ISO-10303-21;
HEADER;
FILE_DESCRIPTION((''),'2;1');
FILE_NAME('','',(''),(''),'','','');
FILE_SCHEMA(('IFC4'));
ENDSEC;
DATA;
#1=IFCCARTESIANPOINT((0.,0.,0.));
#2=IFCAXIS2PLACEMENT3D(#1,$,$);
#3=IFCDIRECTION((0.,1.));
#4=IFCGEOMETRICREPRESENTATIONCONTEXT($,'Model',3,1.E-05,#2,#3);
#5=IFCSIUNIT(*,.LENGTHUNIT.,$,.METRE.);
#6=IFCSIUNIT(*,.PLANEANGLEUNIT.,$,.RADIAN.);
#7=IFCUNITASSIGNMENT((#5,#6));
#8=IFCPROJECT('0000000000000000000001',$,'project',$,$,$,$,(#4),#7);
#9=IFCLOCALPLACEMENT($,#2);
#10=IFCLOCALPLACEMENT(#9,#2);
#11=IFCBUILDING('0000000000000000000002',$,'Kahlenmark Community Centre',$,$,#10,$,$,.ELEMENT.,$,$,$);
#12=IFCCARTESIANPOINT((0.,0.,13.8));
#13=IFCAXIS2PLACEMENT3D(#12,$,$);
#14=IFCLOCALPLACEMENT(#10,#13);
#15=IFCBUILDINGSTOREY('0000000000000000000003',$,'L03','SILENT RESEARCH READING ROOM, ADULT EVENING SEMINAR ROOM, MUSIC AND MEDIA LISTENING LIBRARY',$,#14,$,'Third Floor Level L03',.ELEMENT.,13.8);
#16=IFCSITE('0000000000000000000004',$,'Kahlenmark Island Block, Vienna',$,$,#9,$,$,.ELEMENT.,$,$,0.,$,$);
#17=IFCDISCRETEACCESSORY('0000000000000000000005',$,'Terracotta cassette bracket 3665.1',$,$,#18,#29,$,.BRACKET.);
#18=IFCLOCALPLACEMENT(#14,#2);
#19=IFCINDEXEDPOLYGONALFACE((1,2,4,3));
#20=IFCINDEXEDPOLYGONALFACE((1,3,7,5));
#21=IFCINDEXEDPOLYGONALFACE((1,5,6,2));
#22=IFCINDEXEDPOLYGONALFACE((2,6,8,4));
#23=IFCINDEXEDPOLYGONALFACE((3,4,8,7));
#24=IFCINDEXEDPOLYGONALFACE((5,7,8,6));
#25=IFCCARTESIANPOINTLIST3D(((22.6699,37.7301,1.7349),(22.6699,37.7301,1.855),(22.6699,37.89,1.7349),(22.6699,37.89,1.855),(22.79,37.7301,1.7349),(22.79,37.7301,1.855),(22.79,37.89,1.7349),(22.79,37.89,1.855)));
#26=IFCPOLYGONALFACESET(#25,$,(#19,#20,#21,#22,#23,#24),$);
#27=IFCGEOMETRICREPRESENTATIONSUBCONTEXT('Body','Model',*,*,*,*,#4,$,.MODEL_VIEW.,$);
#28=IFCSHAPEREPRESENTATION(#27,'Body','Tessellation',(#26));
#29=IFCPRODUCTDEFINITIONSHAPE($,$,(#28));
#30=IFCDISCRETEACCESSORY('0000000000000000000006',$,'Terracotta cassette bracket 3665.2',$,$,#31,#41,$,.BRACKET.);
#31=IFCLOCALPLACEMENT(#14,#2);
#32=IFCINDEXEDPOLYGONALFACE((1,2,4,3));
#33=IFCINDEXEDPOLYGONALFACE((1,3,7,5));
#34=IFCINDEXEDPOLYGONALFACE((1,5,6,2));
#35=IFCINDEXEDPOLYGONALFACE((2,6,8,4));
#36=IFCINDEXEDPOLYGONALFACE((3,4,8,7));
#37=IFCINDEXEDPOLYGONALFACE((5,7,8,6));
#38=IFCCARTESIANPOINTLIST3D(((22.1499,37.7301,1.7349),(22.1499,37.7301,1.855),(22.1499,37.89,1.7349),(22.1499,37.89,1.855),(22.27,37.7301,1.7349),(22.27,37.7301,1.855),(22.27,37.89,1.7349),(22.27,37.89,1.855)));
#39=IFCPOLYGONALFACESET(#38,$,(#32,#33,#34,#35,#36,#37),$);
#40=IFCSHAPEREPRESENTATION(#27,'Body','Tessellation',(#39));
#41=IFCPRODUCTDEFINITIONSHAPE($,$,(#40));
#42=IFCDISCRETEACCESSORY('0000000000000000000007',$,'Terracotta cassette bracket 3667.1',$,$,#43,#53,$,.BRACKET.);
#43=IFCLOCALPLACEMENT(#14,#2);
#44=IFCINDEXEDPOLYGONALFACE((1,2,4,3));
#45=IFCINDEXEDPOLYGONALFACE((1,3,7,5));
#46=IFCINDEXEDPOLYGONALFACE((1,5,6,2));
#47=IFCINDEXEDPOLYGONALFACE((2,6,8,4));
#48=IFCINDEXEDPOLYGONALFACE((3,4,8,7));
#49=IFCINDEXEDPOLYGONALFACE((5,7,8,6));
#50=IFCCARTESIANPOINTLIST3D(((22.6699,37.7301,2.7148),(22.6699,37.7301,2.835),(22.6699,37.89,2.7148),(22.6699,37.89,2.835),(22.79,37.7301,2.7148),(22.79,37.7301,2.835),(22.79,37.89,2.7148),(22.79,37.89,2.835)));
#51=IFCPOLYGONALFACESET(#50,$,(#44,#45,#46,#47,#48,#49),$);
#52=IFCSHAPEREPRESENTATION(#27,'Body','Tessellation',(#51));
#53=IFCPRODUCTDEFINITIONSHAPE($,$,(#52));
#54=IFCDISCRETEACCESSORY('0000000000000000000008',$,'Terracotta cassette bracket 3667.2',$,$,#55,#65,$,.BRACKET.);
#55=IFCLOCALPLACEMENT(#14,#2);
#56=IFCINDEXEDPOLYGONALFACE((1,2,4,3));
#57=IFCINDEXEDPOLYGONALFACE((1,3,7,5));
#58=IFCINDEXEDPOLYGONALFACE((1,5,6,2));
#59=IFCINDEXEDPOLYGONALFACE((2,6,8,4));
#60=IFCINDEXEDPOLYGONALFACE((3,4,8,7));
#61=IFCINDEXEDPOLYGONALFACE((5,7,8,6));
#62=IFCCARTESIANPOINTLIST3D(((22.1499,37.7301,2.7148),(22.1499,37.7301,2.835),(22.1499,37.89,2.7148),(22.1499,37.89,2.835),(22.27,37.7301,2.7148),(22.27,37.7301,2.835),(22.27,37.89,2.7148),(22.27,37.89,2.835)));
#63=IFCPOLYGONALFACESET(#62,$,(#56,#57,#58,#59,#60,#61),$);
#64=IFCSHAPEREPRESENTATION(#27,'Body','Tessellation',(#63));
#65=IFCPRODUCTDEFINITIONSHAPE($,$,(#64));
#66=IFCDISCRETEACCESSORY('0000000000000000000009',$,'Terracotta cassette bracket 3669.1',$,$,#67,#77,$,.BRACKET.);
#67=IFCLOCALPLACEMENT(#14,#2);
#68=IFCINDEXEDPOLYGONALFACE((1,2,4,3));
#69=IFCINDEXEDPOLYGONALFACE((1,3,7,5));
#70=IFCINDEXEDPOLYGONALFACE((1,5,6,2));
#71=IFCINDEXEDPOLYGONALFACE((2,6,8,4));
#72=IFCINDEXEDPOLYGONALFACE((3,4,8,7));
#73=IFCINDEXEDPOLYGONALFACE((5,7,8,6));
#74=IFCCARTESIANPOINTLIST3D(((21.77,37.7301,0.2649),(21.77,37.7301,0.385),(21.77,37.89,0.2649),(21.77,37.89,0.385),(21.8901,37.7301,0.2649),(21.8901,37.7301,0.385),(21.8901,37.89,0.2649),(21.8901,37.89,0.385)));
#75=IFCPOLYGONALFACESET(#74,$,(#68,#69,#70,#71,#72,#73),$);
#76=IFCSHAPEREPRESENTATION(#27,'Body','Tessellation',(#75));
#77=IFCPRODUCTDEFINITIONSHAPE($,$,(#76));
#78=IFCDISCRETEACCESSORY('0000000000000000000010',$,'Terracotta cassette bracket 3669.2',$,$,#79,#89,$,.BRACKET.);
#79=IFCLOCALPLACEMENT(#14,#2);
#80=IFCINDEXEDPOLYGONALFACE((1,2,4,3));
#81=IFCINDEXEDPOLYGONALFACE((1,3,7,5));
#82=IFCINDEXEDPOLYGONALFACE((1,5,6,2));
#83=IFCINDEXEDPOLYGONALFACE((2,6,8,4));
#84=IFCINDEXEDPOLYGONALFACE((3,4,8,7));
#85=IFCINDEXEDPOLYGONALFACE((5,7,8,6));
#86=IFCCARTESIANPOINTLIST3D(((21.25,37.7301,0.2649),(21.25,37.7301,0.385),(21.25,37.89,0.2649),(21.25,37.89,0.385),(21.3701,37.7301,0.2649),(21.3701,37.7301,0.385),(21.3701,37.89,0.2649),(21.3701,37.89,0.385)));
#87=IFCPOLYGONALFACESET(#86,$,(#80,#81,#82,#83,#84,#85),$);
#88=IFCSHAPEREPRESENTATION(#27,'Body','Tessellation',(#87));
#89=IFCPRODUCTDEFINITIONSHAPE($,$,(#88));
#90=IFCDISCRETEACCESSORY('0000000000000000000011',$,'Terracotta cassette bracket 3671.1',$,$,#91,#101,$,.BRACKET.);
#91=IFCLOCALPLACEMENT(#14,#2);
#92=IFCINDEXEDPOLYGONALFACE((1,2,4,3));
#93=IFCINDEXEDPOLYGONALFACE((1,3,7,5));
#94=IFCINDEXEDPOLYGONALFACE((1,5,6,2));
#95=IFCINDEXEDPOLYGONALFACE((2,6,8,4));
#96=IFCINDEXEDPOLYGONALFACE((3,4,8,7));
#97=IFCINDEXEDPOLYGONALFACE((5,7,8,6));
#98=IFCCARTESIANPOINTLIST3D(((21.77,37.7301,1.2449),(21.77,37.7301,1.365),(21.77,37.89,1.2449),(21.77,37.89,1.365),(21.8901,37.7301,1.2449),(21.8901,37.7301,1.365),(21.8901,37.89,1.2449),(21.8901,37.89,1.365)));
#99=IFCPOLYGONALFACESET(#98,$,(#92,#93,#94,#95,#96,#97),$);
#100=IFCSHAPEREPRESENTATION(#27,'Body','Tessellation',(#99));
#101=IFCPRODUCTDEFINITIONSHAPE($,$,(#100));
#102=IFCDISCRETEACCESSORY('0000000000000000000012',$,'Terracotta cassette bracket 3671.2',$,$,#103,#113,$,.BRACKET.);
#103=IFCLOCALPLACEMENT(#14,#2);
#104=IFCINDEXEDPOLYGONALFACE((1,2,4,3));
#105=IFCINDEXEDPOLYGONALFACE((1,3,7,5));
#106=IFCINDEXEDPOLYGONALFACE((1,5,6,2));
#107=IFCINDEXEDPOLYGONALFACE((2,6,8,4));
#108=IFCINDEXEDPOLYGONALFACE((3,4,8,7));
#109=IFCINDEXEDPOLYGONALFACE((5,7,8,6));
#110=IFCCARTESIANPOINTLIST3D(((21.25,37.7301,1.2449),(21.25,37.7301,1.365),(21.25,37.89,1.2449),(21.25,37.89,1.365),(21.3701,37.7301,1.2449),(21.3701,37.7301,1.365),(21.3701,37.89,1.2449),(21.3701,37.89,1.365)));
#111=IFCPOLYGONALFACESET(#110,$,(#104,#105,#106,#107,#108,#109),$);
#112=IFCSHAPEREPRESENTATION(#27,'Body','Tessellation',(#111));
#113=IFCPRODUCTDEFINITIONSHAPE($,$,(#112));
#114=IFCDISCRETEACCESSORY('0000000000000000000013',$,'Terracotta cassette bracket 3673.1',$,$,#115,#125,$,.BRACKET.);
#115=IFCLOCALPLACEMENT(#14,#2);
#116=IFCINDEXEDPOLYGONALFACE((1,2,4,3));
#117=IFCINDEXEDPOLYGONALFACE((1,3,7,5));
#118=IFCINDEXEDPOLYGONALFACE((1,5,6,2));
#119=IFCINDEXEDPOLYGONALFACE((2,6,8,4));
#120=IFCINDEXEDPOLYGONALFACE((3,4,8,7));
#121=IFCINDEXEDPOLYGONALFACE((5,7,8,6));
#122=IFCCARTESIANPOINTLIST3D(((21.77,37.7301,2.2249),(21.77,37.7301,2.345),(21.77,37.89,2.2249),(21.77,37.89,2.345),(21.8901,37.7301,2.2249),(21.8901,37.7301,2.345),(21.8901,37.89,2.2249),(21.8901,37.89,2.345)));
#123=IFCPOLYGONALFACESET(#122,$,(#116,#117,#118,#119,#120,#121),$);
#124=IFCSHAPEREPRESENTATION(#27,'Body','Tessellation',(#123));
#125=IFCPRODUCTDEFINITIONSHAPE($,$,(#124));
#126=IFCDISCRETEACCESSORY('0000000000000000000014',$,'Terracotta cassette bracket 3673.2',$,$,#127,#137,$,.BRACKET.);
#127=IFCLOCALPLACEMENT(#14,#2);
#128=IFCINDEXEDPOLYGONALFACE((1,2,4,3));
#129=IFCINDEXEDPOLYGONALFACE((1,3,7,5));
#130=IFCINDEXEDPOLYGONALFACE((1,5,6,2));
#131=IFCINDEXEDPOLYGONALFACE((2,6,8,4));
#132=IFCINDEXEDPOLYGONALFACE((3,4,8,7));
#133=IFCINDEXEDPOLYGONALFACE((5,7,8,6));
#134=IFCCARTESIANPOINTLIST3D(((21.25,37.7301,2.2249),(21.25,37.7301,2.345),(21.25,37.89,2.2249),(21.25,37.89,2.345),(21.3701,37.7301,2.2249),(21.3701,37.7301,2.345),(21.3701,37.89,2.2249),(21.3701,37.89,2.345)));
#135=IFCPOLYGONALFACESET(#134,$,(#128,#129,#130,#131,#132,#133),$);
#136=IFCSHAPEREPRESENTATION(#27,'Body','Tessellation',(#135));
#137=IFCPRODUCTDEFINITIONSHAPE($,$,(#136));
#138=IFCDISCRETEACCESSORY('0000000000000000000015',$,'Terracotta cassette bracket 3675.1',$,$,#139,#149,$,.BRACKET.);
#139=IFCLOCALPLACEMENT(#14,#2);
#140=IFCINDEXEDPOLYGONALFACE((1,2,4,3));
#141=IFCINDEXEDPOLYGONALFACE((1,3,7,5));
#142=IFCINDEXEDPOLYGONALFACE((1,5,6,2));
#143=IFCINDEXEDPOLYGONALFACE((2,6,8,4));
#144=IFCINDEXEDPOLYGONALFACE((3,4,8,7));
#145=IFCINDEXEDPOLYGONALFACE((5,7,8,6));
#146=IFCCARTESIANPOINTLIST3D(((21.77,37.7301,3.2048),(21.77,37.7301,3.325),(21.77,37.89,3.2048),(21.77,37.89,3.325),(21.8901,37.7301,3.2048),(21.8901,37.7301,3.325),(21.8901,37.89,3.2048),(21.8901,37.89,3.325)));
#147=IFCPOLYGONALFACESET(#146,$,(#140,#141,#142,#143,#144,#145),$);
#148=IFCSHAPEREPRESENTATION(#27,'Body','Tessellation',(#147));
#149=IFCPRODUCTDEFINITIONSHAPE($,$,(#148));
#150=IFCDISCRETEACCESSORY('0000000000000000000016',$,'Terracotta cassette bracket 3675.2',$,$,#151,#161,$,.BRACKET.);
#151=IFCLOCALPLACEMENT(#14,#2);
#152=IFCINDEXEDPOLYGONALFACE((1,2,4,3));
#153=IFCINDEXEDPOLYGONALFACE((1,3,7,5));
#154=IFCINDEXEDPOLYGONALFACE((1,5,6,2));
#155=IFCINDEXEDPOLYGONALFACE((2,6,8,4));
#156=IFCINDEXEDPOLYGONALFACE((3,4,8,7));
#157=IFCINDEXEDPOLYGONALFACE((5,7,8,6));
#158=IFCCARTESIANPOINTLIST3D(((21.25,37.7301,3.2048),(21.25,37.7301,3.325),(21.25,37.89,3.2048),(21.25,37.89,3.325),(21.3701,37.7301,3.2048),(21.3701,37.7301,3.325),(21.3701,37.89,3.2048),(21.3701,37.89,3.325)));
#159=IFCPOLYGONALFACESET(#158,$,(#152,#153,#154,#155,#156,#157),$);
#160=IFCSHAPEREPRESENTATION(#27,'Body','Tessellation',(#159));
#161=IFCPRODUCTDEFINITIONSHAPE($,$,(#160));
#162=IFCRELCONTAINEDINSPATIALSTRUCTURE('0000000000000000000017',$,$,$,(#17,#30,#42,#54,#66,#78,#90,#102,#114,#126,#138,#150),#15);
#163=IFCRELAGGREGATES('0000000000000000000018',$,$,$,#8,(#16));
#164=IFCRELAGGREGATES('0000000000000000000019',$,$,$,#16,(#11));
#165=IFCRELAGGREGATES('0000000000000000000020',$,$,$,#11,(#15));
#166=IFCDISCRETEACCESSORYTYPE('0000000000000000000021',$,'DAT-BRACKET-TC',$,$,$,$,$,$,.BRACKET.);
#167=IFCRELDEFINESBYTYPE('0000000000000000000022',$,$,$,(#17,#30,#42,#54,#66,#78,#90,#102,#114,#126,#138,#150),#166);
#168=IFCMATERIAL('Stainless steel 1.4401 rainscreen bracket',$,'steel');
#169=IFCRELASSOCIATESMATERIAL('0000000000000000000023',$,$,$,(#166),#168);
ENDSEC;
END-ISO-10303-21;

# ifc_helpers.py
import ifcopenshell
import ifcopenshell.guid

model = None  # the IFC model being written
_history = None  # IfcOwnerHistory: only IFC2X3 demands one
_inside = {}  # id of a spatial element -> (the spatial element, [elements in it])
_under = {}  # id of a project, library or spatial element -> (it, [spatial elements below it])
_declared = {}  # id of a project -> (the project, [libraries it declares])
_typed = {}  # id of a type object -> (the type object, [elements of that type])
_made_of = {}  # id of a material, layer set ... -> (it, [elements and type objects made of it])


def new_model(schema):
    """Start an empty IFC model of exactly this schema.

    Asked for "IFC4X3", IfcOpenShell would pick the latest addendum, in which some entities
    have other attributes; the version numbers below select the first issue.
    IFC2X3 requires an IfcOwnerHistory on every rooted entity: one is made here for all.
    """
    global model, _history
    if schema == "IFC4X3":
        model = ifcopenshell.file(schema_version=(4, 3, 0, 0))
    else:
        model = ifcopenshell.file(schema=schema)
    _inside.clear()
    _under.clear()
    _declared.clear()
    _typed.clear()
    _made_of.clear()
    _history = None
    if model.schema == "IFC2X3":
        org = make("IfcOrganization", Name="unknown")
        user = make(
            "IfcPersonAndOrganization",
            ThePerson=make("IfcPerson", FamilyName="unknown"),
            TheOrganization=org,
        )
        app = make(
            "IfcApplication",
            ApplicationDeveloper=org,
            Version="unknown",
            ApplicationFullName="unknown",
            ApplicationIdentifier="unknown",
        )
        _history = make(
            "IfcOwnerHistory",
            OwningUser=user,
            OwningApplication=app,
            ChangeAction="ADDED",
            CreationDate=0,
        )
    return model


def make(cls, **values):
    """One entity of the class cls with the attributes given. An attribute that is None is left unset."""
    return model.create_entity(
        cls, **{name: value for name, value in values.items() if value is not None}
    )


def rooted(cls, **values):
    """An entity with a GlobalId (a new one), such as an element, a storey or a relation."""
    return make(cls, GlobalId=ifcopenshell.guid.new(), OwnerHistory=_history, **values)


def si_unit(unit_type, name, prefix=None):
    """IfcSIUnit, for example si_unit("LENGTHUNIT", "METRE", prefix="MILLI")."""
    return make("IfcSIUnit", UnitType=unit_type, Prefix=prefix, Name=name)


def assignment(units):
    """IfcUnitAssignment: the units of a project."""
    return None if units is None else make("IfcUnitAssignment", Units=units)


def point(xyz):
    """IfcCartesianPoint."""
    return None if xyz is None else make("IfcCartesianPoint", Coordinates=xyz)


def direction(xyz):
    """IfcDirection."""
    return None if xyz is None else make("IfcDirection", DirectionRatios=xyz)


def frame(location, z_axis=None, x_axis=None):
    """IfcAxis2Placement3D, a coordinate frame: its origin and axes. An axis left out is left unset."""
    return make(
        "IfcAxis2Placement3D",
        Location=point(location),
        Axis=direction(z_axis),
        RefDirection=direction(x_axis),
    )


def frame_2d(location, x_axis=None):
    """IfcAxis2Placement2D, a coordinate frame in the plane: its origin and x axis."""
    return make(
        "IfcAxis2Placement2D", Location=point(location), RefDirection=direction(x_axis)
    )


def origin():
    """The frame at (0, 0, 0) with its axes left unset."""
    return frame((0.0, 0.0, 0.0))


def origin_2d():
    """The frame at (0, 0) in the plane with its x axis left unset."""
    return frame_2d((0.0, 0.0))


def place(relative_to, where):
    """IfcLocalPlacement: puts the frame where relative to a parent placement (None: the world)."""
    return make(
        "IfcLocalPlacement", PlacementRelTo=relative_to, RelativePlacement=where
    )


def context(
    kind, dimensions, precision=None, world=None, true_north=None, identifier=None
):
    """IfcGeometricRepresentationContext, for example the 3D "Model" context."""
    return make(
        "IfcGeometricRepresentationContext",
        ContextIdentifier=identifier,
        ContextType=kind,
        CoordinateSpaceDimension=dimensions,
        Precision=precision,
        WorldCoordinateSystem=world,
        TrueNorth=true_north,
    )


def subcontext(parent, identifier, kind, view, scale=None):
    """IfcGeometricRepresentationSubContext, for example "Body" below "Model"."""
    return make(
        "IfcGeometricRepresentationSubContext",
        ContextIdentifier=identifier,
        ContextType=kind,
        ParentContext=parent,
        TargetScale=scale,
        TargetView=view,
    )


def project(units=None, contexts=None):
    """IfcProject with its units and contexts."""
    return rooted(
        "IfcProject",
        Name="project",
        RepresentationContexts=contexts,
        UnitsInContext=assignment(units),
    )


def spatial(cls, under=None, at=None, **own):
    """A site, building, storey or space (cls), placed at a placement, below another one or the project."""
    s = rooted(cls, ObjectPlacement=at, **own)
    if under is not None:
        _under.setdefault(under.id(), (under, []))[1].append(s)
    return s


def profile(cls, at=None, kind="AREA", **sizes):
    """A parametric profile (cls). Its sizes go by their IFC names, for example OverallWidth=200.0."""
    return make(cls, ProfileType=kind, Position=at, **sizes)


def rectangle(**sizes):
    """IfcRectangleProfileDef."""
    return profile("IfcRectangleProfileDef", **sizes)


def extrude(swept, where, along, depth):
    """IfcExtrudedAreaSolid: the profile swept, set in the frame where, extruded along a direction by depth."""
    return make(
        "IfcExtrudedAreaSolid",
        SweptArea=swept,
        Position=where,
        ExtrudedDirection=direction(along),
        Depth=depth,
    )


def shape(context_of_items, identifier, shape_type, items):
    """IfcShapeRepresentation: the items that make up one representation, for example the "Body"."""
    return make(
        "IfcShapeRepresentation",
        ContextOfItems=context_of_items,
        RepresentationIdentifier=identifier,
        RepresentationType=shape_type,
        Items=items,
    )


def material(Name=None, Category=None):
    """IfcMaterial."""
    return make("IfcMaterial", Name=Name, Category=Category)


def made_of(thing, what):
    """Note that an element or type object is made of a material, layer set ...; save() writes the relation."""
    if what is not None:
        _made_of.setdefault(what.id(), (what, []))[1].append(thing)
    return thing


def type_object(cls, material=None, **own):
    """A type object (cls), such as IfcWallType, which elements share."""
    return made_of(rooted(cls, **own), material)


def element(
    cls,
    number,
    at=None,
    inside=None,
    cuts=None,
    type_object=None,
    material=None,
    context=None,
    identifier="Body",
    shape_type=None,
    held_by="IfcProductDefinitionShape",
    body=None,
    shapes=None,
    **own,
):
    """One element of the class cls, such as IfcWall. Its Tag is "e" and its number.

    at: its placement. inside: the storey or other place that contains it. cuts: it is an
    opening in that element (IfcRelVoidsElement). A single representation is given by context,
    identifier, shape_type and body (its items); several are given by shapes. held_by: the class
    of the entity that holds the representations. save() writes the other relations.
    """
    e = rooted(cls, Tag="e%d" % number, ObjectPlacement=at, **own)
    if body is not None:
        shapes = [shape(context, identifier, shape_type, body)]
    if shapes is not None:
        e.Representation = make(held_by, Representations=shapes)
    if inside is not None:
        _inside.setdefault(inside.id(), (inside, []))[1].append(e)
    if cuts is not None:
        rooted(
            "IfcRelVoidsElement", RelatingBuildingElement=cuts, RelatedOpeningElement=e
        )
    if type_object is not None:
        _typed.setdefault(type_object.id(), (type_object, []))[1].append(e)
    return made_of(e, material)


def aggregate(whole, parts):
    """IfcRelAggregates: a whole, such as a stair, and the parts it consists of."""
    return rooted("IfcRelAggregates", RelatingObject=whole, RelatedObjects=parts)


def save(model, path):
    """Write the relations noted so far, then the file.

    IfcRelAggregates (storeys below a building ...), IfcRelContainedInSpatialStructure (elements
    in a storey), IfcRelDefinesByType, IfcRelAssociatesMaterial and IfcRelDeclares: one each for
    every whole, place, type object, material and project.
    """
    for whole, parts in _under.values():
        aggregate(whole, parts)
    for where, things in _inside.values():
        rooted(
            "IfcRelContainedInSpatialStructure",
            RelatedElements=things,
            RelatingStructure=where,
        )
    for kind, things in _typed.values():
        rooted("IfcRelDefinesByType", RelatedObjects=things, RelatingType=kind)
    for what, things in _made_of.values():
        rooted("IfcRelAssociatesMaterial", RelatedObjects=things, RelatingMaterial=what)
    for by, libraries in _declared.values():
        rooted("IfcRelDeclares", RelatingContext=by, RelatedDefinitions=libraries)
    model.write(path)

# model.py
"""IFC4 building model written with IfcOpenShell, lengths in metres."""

from ifc_helpers import new_model, si_unit, direction, frame, origin, origin_2d, place, context, subcontext, project, spatial, rectangle, extrude, material, type_object, element, save


model = new_model("IFC4")

# Units and contexts
model_context = context("Model", 3, precision=1e-05, world=origin(), true_north=direction((0.0, 1.0)))
body_context = subcontext(model_context, "Body", "Model", "MODEL_VIEW")
ifc_project = project(units=[si_unit("LENGTHUNIT", "METRE"), si_unit("PLANEANGLEUNIT", "RADIAN")], contexts=[model_context])

# Site, building, storey
site_placement = place(None, origin())
site = spatial("IfcSite", under=ifc_project, at=site_placement, Name="Kahlenmark Island Block, Vienna", CompositionType="ELEMENT", RefElevation=0.0)
building_placement = place(site_placement, origin())
building = spatial("IfcBuilding", under=site, at=building_placement, Name="Kahlenmark Community Centre", CompositionType="ELEMENT")
storey_placement = place(building_placement, frame((0.0, 0.0, 13.8)))
storey = spatial("IfcBuildingStorey", under=building, at=storey_placement, Name="L03", Description="SILENT RESEARCH READING ROOM, ADULT EVENING SEMINAR ROOM, MUSIC AND MEDIA LISTENING LIBRARY", LongName="Third Floor Level L03", CompositionType="ELEMENT", Elevation=13.8)

# Discrete accessories
ifc_material_1 = material(Name="Stainless steel 1.4401 rainscreen bracket", Category="steel")
discrete_accessory_type = type_object("IfcDiscreteAccessoryType", Name="DAT-BRACKET-TC", PredefinedType="BRACKET", material=ifc_material_1)
for number, where, z_axis, x_axis, name in (
    (1, (22.73, 37.8101, 1.7349), (0.0, 0.0, 1.0), (-1.0, 0.0, 0.0), "Terracotta cassette bracket 3665.1"),
    (2, (22.21, 37.8101, 1.7349), (0.0, 0.0, 1.0), (-1.0, 0.0, 0.0), "Terracotta cassette bracket 3665.2"),
    (3, (22.73, 37.8101, 2.7148), (0.0, 0.0, 1.0), (-1.0, 0.0, 0.0), "Terracotta cassette bracket 3667.1"),
    (4, (22.21, 37.8101, 2.7148), (0.0, 0.0, 1.0), (-1.0, 0.0, 0.0), "Terracotta cassette bracket 3667.2"),
    (5, (21.8301, 37.8101, 0.2649), (0.0, 0.0, 1.0), (-1.0, 0.0, 0.0), "Terracotta cassette bracket 3669.1"),
    (6, (21.3101, 37.8101, 0.2649), (0.0, 0.0, 1.0), (-1.0, 0.0, 0.0), "Terracotta cassette bracket 3669.2"),
    (7, (21.8301, 37.8101, 1.2449), (0.0, 0.0, 1.0), (-1.0, 0.0, 0.0), "Terracotta cassette bracket 3671.1"),
    (8, (21.3101, 37.8101, 1.2449), (0.0, 0.0, 1.0), (-1.0, 0.0, 0.0), "Terracotta cassette bracket 3671.2"),
    (9, (21.8301, 37.8101, 2.2249), (0.0, 0.0, 1.0), (-1.0, 0.0, 0.0), "Terracotta cassette bracket 3673.1"),
    (10, (21.3101, 37.8101, 2.2249), (0.0, 0.0, 1.0), (-1.0, 0.0, 0.0), "Terracotta cassette bracket 3673.2"),
    (11, (21.8301, 37.8101, 3.2048), (0.0, 0.0, 1.0), (-1.0, 0.0, 0.0), "Terracotta cassette bracket 3675.1"),
    (12, (21.3101, 37.8101, 3.2048), (0.0, 0.0, 1.0), (-1.0, 0.0, 0.0), "Terracotta cassette bracket 3675.2"),
):
    element("IfcDiscreteAccessory", number, at=place(storey_placement, frame(where, z_axis=z_axis, x_axis=x_axis)), inside=storey, type_object=discrete_accessory_type, Name=name, PredefinedType="BRACKET", context=body_context, shape_type="SweptSolid", body=[
        extrude(rectangle(XDim=0.1201, YDim=0.1599, at=origin_2d()), origin(), (0.0, 0.0, 1.0), 0.1201),
    ])

save(model, "model.ifc")
